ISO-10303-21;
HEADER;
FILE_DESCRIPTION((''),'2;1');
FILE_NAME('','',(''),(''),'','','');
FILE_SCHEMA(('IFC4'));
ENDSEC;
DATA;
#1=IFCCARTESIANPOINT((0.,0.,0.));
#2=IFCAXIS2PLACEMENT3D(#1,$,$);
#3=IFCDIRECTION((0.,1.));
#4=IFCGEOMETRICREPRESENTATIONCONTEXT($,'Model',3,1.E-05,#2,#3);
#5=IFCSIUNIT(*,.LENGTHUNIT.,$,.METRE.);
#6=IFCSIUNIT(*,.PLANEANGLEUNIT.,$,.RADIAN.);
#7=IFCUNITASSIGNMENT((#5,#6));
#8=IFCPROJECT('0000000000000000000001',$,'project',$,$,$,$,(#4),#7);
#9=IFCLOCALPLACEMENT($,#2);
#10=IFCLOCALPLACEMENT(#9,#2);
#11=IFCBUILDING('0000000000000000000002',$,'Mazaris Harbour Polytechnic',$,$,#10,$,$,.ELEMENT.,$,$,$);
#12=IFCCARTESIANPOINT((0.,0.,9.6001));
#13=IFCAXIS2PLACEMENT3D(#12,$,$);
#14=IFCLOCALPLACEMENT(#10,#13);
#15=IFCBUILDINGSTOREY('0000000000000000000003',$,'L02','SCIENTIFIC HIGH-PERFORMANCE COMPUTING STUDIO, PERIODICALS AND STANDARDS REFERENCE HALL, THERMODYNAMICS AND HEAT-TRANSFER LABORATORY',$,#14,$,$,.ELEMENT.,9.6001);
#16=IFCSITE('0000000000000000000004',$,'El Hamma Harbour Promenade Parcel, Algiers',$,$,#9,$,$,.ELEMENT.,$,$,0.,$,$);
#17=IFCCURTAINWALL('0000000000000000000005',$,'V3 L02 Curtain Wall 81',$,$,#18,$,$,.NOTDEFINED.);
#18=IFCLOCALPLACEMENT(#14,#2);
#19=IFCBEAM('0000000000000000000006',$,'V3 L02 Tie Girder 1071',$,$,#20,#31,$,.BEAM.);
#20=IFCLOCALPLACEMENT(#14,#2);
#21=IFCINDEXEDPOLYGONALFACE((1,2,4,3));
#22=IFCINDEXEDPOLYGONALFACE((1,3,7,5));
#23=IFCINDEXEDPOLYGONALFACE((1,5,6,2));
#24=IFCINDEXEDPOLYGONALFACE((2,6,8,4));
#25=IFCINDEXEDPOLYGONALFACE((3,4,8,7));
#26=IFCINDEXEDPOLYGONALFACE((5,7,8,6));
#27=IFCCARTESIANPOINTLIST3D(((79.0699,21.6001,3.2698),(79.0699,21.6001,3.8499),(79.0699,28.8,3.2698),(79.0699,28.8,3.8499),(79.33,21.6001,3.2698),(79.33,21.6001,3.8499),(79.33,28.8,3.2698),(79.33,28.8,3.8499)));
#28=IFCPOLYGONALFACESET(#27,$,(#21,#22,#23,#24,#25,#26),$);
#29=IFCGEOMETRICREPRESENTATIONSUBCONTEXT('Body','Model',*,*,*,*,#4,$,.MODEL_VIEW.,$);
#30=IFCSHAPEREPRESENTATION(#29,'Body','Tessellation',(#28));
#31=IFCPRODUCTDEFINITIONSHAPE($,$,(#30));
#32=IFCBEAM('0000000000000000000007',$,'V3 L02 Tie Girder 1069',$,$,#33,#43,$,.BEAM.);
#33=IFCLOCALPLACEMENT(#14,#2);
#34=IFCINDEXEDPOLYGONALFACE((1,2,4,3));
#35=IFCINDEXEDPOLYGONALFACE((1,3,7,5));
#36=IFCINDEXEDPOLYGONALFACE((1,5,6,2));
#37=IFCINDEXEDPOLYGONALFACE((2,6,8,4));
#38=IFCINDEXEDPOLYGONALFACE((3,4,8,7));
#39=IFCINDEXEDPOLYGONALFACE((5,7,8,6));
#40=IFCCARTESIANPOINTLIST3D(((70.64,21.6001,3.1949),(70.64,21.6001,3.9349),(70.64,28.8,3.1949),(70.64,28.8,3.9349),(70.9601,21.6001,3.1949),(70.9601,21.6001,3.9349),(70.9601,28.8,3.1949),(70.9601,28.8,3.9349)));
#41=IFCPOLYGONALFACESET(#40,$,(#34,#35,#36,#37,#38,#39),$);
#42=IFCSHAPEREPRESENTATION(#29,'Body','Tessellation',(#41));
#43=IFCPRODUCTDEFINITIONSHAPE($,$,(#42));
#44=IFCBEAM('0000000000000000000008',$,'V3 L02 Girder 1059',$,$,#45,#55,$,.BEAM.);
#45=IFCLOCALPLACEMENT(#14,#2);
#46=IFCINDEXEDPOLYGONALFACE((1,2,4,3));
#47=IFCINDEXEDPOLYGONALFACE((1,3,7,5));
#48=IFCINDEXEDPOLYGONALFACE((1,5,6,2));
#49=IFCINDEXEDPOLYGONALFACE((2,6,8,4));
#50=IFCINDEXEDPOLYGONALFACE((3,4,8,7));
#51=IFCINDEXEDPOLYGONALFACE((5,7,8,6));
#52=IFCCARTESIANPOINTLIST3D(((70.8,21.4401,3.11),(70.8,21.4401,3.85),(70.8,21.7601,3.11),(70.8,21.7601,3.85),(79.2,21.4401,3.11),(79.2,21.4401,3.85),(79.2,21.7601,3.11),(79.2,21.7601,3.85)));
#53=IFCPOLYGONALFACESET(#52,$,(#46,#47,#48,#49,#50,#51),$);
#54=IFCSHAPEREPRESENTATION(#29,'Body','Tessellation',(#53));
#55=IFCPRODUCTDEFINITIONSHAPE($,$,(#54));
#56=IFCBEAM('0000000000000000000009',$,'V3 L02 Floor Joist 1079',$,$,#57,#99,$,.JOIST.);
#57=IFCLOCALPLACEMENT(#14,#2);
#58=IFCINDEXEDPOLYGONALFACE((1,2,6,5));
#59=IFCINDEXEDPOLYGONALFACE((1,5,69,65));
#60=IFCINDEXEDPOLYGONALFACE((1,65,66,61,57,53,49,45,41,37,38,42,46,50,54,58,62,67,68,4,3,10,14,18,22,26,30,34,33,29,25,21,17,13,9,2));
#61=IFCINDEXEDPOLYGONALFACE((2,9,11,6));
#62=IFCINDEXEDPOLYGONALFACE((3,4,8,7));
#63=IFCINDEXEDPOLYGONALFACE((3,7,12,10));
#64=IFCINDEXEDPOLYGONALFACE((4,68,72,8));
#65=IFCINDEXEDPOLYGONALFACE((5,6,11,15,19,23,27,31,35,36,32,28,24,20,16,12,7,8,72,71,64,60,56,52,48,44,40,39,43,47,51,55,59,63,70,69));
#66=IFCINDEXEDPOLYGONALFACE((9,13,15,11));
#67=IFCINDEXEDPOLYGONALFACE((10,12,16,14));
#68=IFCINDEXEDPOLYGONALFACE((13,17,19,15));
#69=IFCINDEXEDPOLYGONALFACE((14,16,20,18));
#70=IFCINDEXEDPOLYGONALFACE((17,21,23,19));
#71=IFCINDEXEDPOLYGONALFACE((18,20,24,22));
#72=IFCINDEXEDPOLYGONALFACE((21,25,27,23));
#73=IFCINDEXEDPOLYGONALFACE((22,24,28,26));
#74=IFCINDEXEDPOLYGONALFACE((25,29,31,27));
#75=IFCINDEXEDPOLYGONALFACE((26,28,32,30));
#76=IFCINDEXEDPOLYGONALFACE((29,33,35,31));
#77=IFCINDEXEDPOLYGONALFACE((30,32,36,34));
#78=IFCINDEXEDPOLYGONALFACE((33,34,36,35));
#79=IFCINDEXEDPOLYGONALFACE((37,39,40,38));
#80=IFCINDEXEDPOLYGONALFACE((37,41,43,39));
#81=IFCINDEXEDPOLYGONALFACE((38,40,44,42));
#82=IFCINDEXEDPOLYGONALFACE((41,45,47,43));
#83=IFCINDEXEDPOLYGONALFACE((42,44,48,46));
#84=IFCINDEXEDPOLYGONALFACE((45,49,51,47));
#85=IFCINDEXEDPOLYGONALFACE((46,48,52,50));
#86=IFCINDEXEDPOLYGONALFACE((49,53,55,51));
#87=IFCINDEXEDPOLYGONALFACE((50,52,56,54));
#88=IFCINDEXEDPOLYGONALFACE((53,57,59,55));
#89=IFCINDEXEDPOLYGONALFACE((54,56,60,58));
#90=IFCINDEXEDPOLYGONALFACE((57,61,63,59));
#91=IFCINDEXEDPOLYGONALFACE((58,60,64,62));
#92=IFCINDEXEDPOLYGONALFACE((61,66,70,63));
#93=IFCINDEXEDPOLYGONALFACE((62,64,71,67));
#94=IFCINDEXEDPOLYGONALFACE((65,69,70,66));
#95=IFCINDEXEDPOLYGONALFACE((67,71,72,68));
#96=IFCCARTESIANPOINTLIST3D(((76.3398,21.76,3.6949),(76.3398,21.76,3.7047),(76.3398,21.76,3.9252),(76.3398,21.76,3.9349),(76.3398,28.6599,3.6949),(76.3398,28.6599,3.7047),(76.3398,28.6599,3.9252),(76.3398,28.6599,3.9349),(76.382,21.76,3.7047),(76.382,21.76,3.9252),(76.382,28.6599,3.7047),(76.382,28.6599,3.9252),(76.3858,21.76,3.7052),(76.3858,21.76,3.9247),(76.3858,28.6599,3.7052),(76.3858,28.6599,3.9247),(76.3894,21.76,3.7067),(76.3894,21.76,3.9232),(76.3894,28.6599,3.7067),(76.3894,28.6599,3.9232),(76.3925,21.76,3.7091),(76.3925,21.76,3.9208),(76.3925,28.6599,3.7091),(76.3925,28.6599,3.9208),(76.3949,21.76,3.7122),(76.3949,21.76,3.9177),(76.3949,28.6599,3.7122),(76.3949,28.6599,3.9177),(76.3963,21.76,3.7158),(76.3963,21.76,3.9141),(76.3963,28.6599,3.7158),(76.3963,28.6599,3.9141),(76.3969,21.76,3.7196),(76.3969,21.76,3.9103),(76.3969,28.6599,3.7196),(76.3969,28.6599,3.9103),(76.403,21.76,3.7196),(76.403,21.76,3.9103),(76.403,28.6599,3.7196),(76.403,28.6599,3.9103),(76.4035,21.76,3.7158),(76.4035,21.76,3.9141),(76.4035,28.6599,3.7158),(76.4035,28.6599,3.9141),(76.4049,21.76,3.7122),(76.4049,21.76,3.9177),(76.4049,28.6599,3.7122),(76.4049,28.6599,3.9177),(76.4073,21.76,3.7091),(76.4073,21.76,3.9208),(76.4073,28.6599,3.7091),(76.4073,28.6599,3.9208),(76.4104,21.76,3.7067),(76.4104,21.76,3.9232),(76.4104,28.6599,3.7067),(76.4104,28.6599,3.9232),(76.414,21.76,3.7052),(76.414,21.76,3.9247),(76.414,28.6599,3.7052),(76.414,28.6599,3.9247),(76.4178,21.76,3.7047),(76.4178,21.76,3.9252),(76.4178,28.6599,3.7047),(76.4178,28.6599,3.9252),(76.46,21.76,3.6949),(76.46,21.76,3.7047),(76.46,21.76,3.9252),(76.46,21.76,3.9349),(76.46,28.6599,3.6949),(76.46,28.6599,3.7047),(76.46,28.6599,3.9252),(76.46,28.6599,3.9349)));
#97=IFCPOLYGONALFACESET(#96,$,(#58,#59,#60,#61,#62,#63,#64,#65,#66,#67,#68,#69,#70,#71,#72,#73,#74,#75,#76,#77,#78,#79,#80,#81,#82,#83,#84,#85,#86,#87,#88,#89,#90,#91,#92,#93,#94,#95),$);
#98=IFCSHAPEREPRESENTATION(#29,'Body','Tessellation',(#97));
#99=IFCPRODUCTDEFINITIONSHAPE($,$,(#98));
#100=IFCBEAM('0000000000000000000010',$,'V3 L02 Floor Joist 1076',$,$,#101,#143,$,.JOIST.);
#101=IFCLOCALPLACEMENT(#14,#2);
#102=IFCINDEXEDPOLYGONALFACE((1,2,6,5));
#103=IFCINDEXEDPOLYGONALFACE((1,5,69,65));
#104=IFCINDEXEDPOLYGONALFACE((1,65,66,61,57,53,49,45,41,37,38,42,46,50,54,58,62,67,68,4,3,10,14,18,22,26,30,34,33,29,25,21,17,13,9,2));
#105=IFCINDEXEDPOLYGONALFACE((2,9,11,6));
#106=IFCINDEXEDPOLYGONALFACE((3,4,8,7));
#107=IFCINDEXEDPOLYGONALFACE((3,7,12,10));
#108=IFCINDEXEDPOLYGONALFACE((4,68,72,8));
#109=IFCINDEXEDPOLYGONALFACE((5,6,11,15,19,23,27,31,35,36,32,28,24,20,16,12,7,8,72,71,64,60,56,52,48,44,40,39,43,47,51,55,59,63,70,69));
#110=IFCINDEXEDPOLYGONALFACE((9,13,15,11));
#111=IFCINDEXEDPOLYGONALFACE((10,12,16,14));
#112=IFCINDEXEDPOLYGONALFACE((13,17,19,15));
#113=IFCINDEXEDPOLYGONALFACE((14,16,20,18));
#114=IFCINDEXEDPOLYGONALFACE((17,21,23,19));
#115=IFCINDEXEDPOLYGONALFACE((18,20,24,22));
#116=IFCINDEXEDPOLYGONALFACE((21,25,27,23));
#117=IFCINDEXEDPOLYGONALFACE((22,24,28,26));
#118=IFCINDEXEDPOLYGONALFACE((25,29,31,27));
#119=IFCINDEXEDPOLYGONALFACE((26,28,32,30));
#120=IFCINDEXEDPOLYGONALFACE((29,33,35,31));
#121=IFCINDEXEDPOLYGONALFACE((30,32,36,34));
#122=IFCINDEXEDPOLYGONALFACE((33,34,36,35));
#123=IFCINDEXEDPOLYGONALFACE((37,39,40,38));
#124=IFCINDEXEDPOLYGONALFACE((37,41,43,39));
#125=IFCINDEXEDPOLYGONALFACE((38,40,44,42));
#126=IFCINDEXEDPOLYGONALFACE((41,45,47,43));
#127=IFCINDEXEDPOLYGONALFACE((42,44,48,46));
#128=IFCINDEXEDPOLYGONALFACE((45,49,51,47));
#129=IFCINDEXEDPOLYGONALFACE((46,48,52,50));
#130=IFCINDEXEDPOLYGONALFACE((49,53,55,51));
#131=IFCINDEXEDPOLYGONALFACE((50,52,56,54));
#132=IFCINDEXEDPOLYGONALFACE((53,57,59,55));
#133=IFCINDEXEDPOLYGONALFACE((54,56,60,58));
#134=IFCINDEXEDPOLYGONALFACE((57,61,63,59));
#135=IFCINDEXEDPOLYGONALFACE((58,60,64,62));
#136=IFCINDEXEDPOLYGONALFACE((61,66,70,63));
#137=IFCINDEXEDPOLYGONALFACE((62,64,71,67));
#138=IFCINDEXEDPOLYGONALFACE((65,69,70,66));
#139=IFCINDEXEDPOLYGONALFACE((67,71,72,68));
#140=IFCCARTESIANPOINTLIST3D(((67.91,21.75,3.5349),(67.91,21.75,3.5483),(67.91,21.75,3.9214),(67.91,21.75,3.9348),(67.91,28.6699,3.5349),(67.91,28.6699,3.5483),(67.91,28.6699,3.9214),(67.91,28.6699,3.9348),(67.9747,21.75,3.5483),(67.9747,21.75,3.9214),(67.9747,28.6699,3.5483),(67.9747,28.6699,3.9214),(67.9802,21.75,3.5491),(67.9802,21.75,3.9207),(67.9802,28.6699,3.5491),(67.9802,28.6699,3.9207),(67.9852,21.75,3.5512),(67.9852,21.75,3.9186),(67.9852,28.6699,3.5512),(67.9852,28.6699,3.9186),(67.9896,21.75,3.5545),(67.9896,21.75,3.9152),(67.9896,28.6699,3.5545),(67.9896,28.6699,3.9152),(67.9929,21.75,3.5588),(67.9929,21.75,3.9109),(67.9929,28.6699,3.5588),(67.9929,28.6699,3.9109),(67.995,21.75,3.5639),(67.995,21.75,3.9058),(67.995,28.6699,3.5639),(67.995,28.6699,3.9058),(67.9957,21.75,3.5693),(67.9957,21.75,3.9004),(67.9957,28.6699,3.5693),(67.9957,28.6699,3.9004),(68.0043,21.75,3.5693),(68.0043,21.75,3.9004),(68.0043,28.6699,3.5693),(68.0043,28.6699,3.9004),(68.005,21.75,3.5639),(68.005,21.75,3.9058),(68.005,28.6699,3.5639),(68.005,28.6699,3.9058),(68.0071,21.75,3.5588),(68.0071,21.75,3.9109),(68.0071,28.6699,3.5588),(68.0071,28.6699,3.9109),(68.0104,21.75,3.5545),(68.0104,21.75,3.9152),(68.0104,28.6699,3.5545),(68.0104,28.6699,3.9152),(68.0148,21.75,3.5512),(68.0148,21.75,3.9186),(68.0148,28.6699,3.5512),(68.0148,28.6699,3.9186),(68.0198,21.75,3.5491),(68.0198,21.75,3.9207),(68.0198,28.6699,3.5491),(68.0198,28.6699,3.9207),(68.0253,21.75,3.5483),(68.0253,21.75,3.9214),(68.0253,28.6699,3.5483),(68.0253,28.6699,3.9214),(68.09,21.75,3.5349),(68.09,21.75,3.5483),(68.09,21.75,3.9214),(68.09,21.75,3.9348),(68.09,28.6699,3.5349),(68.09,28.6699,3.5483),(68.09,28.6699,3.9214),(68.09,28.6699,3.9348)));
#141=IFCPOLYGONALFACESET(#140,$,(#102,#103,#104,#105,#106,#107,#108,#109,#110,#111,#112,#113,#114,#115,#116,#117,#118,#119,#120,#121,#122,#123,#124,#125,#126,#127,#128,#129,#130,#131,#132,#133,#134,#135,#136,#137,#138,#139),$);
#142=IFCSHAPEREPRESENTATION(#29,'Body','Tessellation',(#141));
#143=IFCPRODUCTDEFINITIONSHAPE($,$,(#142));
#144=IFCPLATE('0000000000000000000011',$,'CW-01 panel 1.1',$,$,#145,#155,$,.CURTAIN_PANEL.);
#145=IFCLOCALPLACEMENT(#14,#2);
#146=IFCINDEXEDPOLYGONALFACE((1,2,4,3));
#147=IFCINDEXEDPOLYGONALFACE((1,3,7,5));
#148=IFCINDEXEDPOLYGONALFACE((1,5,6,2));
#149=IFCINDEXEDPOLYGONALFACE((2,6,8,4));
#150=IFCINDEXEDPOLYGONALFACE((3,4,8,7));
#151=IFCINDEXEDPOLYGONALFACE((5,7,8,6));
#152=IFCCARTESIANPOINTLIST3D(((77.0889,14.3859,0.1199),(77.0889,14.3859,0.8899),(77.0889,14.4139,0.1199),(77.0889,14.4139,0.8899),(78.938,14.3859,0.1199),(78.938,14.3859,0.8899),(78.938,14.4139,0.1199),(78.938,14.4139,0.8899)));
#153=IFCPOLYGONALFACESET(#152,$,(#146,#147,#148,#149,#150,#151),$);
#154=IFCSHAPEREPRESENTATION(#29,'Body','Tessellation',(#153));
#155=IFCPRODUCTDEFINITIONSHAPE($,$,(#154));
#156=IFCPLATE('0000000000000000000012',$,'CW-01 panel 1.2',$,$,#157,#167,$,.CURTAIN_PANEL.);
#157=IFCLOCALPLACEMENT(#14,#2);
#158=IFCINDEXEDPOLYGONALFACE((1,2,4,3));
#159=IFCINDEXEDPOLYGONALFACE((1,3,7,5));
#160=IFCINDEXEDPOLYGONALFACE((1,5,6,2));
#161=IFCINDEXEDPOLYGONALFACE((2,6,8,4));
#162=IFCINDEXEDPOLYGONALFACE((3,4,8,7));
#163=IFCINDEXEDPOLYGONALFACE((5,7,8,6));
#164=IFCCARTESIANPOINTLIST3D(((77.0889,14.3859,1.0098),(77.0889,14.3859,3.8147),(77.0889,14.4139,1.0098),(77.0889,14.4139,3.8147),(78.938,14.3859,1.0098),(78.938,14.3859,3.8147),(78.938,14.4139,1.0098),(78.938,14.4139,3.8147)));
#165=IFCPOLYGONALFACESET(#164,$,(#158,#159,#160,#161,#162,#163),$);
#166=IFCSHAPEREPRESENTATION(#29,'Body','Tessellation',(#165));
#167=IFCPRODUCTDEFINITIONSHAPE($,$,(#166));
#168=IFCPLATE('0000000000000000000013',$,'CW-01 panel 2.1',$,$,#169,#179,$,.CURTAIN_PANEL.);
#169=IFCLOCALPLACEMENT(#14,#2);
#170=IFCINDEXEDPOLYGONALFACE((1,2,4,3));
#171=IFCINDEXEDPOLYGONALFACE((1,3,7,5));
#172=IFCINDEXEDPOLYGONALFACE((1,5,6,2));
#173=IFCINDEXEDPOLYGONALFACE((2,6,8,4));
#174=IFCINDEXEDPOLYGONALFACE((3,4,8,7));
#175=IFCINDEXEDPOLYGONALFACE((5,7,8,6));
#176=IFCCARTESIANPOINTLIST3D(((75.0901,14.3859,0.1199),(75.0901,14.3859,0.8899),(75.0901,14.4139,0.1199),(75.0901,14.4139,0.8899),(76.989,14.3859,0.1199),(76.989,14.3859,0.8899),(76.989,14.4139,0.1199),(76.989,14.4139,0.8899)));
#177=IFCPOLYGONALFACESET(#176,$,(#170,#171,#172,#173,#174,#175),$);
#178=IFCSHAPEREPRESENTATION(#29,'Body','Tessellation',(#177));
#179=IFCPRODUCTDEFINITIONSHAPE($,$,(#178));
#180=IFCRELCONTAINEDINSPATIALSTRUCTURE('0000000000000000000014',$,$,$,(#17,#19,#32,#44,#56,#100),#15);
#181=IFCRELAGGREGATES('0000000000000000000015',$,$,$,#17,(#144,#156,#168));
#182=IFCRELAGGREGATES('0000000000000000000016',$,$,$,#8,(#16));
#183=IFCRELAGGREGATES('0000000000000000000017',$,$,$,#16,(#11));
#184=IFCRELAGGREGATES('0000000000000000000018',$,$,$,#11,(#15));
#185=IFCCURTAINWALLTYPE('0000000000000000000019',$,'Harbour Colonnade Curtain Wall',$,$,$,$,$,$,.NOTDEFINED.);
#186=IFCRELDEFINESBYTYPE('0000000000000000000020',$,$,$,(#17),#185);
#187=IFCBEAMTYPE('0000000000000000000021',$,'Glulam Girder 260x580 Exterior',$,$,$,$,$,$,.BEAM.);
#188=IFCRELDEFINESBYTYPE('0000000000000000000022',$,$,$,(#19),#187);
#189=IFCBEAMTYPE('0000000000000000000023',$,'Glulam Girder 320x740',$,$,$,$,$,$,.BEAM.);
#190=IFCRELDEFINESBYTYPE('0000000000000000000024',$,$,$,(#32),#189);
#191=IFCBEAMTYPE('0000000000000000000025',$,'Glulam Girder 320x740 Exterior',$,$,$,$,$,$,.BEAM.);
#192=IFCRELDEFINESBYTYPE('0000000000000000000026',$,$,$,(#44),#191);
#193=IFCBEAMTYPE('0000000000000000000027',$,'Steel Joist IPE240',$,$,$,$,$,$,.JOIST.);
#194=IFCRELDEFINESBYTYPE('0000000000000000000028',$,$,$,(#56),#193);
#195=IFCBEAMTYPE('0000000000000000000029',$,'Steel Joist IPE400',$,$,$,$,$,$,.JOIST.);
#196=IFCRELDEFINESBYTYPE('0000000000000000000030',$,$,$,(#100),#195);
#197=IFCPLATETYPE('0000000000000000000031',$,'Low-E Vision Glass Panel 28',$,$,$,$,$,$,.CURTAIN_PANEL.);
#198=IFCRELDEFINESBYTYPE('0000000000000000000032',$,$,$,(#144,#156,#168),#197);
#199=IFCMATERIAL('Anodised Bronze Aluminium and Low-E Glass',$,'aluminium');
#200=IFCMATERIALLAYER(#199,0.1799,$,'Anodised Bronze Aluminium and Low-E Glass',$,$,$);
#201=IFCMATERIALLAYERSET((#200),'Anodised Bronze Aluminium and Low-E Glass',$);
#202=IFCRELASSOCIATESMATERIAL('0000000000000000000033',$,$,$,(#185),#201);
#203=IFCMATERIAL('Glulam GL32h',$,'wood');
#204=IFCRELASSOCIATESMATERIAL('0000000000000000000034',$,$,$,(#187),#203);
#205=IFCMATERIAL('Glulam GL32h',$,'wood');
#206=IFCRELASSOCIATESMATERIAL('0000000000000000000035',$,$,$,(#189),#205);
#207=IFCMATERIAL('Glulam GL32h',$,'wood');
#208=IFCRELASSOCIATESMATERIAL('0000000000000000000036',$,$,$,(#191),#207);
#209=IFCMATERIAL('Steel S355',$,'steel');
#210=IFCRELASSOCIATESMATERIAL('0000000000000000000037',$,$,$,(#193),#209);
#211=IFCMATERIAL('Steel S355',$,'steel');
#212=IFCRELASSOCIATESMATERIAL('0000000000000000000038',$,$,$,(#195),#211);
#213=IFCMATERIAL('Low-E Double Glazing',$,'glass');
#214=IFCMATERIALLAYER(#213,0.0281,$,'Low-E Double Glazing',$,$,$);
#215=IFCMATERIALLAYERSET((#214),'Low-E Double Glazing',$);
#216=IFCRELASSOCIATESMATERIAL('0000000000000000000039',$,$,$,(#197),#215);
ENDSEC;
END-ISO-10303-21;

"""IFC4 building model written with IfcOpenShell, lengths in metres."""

from ifc_helpers import new_model, si_unit, direction, frame, origin, origin_2d, place, context, subcontext, project, spatial, rectangle, i_section, extrude, material, layer, layer_set, material_profile, profile_set, type_object, element, aggregate, save


model = new_model("IFC4")

# Units and contexts
model_context = context("Model", 3, precision=1e-05, world=origin(), true_north=direction((0.0, 1.0)))
body_context = subcontext(model_context, "Body", "Model", "MODEL_VIEW")
ifc_project = project(units=[si_unit("LENGTHUNIT", "METRE"), si_unit("PLANEANGLEUNIT", "RADIAN")], contexts=[model_context])

# Site, building, storey
site_placement = place(None, origin())
site = spatial("IfcSite", under=ifc_project, at=site_placement, Name="El Hamma Harbour Promenade Parcel, Algiers", CompositionType="ELEMENT", RefElevation=0.0)
building_placement = place(site_placement, origin())
building = spatial("IfcBuilding", under=site, at=building_placement, Name="Mazaris Harbour Polytechnic", CompositionType="ELEMENT")
storey_placement = place(building_placement, frame((0.0, 0.0, 9.6001)))
storey = spatial("IfcBuildingStorey", under=building, at=storey_placement, Name="L02", Description="SCIENTIFIC HIGH-PERFORMANCE COMPUTING STUDIO, PERIODICALS AND STANDARDS REFERENCE HALL, THERMODYNAMICS AND HEAT-TRANSFER LABORATORY", CompositionType="ELEMENT", Elevation=9.6001)

# Curtain wall
ifc_material_1 = material(Name="Anodised Bronze Aluminium and Low-E Glass", Category="aluminium")
ifc_layer_1 = layer(ifc_material_1, 0.1799, Name="Anodised Bronze Aluminium and Low-E Glass")
ifc_layer_set_1 = layer_set([ifc_layer_1], Name="Anodised Bronze Aluminium and Low-E Glass")
curtain_wall_type = type_object("IfcCurtainWallType", Name="Harbour Colonnade Curtain Wall", PredefinedType="NOTDEFINED", material=ifc_layer_set_1)
curtain_wall_1_placement = place(storey_placement, origin())
curtain_wall_1 = element("IfcCurtainWall", 1, at=curtain_wall_1_placement, inside=storey, type_object=curtain_wall_type, Name="V3 L02 Curtain Wall 81", PredefinedType="NOTDEFINED")

# Beams
ifc_material_2 = material(Name="Glulam GL32h", Category="wood")
ifc_material_profile_1 = material_profile(ifc_material_2, rectangle(XDim=0.26, YDim=0.5801, at=origin_2d()), Name="RECT260x580")
ifc_profile_set_1 = profile_set([ifc_material_profile_1], Name="Glulam GL32h")
beam_type_1 = type_object("IfcBeamType", Name="Glulam Girder 260x580 Exterior", PredefinedType="BEAM", material=ifc_profile_set_1)
beam_1_placement = place(storey_placement, frame((79.2, 21.6001, 3.5598), z_axis=(0.0, 1.0, 0.0), x_axis=(-1.0, 0.0, 0.0)))
element("IfcBeam", 2, at=beam_1_placement, inside=storey, type_object=beam_type_1, Name="V3 L02 Tie Girder 1071", PredefinedType="BEAM", context=body_context, shape_type="SweptSolid", body=[
    extrude(rectangle(XDim=0.26, YDim=0.5801, at=origin_2d()), origin(), (0.0, 0.0, 1.0), 7.2),
])
ifc_material_3 = material(Name="Glulam GL32h", Category="wood")
ifc_material_profile_2 = material_profile(ifc_material_3, rectangle(XDim=0.3201, YDim=0.74, at=origin_2d()), Name="RECT320x740")
ifc_profile_set_2 = profile_set([ifc_material_profile_2], Name="Glulam GL32h")
beam_type_2 = type_object("IfcBeamType", Name="Glulam Girder 320x740", PredefinedType="BEAM", material=ifc_profile_set_2)
beam_2_placement = place(storey_placement, frame((70.8, 21.6001, 3.5649), z_axis=(0.0, 1.0, 0.0), x_axis=(-1.0, 0.0, 0.0)))
element("IfcBeam", 3, at=beam_2_placement, inside=storey, type_object=beam_type_2, Name="V3 L02 Tie Girder 1069", PredefinedType="BEAM", context=body_context, shape_type="SweptSolid", body=[
    extrude(rectangle(XDim=0.3201, YDim=0.74, at=origin_2d()), origin(), (0.0, 0.0, 1.0), 7.2),
])
ifc_material_4 = material(Name="Glulam GL32h", Category="wood")
ifc_material_profile_3 = material_profile(ifc_material_4, rectangle(XDim=0.3201, YDim=0.74, at=origin_2d()), Name="RECT320x740")
ifc_profile_set_3 = profile_set([ifc_material_profile_3], Name="Glulam GL32h")
beam_type_3 = type_object("IfcBeamType", Name="Glulam Girder 320x740 Exterior", PredefinedType="BEAM", material=ifc_profile_set_3)
beam_3_placement = place(storey_placement, frame((70.8, 21.6001, 3.48), z_axis=(1.0, 0.0, 0.0), x_axis=(0.0, 1.0, 0.0)))
element("IfcBeam", 4, at=beam_3_placement, inside=storey, type_object=beam_type_3, Name="V3 L02 Girder 1059", PredefinedType="BEAM", context=body_context, shape_type="SweptSolid", body=[
    extrude(rectangle(XDim=0.3201, YDim=0.74, at=origin_2d()), origin(), (0.0, 0.0, 1.0), 8.3999),
])
ifc_material_5 = material(Name="Steel S355", Category="steel")
ifc_material_profile_4 = material_profile(ifc_material_5, i_section(OverallWidth=0.1201, OverallDepth=0.24, WebThickness=0.0061, FlangeThickness=0.0098, FilletRadius=0.0149, at=origin_2d()), Name="IPE 240")
ifc_profile_set_4 = profile_set([ifc_material_profile_4], Name="Steel S355")
beam_type_4 = type_object("IfcBeamType", Name="Steel Joist IPE240", PredefinedType="JOIST", material=ifc_profile_set_4)
beam_4_placement = place(storey_placement, frame((76.3999, 21.76, 3.8149), z_axis=(0.0, 1.0, 0.0), x_axis=(-1.0, 0.0, 0.0)))
element("IfcBeam", 5, at=beam_4_placement, inside=storey, type_object=beam_type_4, Name="V3 L02 Floor Joist 1079", PredefinedType="JOIST", context=body_context, shape_type="SweptSolid", body=[
    extrude(i_section(OverallWidth=0.1201, OverallDepth=0.24, WebThickness=0.0061, FlangeThickness=0.0098, FilletRadius=0.0149, at=origin_2d()), origin(), (0.0, 0.0, 1.0), 6.8999),
])
ifc_material_6 = material(Name="Steel S355", Category="steel")
ifc_material_profile_5 = material_profile(ifc_material_6, i_section(OverallWidth=0.1799, OverallDepth=0.3999, WebThickness=0.0085, FlangeThickness=0.0134, FilletRadius=0.021, at=origin_2d()), Name="IPE 400")
ifc_profile_set_5 = profile_set([ifc_material_profile_5], Name="Steel S355")
beam_type_5 = type_object("IfcBeamType", Name="Steel Joist IPE400", PredefinedType="JOIST", material=ifc_profile_set_5)
beam_5_placement = place(storey_placement, frame((68.0, 21.75, 3.7349), z_axis=(0.0, 1.0, 0.0), x_axis=(-1.0, 0.0, 0.0)))
element("IfcBeam", 6, at=beam_5_placement, inside=storey, type_object=beam_type_5, Name="V3 L02 Floor Joist 1076", PredefinedType="JOIST", context=body_context, shape_type="SweptSolid", body=[
    extrude(i_section(OverallWidth=0.1799, OverallDepth=0.3999, WebThickness=0.0085, FlangeThickness=0.0134, FilletRadius=0.021, at=origin_2d()), origin(), (0.0, 0.0, 1.0), 6.9199),
])

# Plates
ifc_material_7 = material(Name="Low-E Double Glazing", Category="glass")
ifc_layer_2 = layer(ifc_material_7, 0.0281, Name="Low-E Double Glazing")
ifc_layer_set_2 = layer_set([ifc_layer_2], Name="Low-E Double Glazing")
plate_type = type_object("IfcPlateType", Name="Low-E Vision Glass Panel 28", PredefinedType="CURTAIN_PANEL", material=ifc_layer_set_2)
plate_1_placement = place(storey_placement, frame((78.0134, 14.3999, 0.1199), z_axis=(0.0, 0.0, 1.0), x_axis=(-1.0, 0.0, 0.0)))
plate_1 = element("IfcPlate", 7, at=plate_1_placement, type_object=plate_type, Name="CW-01 panel 1.1", PredefinedType="CURTAIN_PANEL", context=body_context, shape_type="SweptSolid", body=[
    extrude(rectangle(XDim=1.8491, YDim=0.0281, at=origin_2d()), origin(), (0.0, 0.0, 1.0), 0.77),
])
plate_2_placement = place(storey_placement, frame((78.0134, 14.3999, 1.0098), z_axis=(0.0, 0.0, 1.0), x_axis=(-1.0, 0.0, 0.0)))
plate_2 = element("IfcPlate", 8, at=plate_2_placement, type_object=plate_type, Name="CW-01 panel 1.2", PredefinedType="CURTAIN_PANEL", context=body_context, shape_type="SweptSolid", body=[
    extrude(rectangle(XDim=1.8491, YDim=0.0281, at=origin_2d()), origin(), (0.0, 0.0, 1.0), 2.8049),
])
plate_3_placement = place(storey_placement, frame((76.0396, 14.3999, 0.1199), z_axis=(0.0, 0.0, 1.0), x_axis=(-1.0, 0.0, 0.0)))
plate_3 = element("IfcPlate", 9, at=plate_3_placement, type_object=plate_type, Name="CW-01 panel 2.1", PredefinedType="CURTAIN_PANEL", context=body_context, shape_type="SweptSolid", body=[
    extrude(rectangle(XDim=1.8989, YDim=0.0281, at=origin_2d()), origin(), (0.0, 0.0, 1.0), 0.77),
])
aggregate(curtain_wall_1, [plate_1, plate_2, plate_3])

save(model, "model.ifc")
